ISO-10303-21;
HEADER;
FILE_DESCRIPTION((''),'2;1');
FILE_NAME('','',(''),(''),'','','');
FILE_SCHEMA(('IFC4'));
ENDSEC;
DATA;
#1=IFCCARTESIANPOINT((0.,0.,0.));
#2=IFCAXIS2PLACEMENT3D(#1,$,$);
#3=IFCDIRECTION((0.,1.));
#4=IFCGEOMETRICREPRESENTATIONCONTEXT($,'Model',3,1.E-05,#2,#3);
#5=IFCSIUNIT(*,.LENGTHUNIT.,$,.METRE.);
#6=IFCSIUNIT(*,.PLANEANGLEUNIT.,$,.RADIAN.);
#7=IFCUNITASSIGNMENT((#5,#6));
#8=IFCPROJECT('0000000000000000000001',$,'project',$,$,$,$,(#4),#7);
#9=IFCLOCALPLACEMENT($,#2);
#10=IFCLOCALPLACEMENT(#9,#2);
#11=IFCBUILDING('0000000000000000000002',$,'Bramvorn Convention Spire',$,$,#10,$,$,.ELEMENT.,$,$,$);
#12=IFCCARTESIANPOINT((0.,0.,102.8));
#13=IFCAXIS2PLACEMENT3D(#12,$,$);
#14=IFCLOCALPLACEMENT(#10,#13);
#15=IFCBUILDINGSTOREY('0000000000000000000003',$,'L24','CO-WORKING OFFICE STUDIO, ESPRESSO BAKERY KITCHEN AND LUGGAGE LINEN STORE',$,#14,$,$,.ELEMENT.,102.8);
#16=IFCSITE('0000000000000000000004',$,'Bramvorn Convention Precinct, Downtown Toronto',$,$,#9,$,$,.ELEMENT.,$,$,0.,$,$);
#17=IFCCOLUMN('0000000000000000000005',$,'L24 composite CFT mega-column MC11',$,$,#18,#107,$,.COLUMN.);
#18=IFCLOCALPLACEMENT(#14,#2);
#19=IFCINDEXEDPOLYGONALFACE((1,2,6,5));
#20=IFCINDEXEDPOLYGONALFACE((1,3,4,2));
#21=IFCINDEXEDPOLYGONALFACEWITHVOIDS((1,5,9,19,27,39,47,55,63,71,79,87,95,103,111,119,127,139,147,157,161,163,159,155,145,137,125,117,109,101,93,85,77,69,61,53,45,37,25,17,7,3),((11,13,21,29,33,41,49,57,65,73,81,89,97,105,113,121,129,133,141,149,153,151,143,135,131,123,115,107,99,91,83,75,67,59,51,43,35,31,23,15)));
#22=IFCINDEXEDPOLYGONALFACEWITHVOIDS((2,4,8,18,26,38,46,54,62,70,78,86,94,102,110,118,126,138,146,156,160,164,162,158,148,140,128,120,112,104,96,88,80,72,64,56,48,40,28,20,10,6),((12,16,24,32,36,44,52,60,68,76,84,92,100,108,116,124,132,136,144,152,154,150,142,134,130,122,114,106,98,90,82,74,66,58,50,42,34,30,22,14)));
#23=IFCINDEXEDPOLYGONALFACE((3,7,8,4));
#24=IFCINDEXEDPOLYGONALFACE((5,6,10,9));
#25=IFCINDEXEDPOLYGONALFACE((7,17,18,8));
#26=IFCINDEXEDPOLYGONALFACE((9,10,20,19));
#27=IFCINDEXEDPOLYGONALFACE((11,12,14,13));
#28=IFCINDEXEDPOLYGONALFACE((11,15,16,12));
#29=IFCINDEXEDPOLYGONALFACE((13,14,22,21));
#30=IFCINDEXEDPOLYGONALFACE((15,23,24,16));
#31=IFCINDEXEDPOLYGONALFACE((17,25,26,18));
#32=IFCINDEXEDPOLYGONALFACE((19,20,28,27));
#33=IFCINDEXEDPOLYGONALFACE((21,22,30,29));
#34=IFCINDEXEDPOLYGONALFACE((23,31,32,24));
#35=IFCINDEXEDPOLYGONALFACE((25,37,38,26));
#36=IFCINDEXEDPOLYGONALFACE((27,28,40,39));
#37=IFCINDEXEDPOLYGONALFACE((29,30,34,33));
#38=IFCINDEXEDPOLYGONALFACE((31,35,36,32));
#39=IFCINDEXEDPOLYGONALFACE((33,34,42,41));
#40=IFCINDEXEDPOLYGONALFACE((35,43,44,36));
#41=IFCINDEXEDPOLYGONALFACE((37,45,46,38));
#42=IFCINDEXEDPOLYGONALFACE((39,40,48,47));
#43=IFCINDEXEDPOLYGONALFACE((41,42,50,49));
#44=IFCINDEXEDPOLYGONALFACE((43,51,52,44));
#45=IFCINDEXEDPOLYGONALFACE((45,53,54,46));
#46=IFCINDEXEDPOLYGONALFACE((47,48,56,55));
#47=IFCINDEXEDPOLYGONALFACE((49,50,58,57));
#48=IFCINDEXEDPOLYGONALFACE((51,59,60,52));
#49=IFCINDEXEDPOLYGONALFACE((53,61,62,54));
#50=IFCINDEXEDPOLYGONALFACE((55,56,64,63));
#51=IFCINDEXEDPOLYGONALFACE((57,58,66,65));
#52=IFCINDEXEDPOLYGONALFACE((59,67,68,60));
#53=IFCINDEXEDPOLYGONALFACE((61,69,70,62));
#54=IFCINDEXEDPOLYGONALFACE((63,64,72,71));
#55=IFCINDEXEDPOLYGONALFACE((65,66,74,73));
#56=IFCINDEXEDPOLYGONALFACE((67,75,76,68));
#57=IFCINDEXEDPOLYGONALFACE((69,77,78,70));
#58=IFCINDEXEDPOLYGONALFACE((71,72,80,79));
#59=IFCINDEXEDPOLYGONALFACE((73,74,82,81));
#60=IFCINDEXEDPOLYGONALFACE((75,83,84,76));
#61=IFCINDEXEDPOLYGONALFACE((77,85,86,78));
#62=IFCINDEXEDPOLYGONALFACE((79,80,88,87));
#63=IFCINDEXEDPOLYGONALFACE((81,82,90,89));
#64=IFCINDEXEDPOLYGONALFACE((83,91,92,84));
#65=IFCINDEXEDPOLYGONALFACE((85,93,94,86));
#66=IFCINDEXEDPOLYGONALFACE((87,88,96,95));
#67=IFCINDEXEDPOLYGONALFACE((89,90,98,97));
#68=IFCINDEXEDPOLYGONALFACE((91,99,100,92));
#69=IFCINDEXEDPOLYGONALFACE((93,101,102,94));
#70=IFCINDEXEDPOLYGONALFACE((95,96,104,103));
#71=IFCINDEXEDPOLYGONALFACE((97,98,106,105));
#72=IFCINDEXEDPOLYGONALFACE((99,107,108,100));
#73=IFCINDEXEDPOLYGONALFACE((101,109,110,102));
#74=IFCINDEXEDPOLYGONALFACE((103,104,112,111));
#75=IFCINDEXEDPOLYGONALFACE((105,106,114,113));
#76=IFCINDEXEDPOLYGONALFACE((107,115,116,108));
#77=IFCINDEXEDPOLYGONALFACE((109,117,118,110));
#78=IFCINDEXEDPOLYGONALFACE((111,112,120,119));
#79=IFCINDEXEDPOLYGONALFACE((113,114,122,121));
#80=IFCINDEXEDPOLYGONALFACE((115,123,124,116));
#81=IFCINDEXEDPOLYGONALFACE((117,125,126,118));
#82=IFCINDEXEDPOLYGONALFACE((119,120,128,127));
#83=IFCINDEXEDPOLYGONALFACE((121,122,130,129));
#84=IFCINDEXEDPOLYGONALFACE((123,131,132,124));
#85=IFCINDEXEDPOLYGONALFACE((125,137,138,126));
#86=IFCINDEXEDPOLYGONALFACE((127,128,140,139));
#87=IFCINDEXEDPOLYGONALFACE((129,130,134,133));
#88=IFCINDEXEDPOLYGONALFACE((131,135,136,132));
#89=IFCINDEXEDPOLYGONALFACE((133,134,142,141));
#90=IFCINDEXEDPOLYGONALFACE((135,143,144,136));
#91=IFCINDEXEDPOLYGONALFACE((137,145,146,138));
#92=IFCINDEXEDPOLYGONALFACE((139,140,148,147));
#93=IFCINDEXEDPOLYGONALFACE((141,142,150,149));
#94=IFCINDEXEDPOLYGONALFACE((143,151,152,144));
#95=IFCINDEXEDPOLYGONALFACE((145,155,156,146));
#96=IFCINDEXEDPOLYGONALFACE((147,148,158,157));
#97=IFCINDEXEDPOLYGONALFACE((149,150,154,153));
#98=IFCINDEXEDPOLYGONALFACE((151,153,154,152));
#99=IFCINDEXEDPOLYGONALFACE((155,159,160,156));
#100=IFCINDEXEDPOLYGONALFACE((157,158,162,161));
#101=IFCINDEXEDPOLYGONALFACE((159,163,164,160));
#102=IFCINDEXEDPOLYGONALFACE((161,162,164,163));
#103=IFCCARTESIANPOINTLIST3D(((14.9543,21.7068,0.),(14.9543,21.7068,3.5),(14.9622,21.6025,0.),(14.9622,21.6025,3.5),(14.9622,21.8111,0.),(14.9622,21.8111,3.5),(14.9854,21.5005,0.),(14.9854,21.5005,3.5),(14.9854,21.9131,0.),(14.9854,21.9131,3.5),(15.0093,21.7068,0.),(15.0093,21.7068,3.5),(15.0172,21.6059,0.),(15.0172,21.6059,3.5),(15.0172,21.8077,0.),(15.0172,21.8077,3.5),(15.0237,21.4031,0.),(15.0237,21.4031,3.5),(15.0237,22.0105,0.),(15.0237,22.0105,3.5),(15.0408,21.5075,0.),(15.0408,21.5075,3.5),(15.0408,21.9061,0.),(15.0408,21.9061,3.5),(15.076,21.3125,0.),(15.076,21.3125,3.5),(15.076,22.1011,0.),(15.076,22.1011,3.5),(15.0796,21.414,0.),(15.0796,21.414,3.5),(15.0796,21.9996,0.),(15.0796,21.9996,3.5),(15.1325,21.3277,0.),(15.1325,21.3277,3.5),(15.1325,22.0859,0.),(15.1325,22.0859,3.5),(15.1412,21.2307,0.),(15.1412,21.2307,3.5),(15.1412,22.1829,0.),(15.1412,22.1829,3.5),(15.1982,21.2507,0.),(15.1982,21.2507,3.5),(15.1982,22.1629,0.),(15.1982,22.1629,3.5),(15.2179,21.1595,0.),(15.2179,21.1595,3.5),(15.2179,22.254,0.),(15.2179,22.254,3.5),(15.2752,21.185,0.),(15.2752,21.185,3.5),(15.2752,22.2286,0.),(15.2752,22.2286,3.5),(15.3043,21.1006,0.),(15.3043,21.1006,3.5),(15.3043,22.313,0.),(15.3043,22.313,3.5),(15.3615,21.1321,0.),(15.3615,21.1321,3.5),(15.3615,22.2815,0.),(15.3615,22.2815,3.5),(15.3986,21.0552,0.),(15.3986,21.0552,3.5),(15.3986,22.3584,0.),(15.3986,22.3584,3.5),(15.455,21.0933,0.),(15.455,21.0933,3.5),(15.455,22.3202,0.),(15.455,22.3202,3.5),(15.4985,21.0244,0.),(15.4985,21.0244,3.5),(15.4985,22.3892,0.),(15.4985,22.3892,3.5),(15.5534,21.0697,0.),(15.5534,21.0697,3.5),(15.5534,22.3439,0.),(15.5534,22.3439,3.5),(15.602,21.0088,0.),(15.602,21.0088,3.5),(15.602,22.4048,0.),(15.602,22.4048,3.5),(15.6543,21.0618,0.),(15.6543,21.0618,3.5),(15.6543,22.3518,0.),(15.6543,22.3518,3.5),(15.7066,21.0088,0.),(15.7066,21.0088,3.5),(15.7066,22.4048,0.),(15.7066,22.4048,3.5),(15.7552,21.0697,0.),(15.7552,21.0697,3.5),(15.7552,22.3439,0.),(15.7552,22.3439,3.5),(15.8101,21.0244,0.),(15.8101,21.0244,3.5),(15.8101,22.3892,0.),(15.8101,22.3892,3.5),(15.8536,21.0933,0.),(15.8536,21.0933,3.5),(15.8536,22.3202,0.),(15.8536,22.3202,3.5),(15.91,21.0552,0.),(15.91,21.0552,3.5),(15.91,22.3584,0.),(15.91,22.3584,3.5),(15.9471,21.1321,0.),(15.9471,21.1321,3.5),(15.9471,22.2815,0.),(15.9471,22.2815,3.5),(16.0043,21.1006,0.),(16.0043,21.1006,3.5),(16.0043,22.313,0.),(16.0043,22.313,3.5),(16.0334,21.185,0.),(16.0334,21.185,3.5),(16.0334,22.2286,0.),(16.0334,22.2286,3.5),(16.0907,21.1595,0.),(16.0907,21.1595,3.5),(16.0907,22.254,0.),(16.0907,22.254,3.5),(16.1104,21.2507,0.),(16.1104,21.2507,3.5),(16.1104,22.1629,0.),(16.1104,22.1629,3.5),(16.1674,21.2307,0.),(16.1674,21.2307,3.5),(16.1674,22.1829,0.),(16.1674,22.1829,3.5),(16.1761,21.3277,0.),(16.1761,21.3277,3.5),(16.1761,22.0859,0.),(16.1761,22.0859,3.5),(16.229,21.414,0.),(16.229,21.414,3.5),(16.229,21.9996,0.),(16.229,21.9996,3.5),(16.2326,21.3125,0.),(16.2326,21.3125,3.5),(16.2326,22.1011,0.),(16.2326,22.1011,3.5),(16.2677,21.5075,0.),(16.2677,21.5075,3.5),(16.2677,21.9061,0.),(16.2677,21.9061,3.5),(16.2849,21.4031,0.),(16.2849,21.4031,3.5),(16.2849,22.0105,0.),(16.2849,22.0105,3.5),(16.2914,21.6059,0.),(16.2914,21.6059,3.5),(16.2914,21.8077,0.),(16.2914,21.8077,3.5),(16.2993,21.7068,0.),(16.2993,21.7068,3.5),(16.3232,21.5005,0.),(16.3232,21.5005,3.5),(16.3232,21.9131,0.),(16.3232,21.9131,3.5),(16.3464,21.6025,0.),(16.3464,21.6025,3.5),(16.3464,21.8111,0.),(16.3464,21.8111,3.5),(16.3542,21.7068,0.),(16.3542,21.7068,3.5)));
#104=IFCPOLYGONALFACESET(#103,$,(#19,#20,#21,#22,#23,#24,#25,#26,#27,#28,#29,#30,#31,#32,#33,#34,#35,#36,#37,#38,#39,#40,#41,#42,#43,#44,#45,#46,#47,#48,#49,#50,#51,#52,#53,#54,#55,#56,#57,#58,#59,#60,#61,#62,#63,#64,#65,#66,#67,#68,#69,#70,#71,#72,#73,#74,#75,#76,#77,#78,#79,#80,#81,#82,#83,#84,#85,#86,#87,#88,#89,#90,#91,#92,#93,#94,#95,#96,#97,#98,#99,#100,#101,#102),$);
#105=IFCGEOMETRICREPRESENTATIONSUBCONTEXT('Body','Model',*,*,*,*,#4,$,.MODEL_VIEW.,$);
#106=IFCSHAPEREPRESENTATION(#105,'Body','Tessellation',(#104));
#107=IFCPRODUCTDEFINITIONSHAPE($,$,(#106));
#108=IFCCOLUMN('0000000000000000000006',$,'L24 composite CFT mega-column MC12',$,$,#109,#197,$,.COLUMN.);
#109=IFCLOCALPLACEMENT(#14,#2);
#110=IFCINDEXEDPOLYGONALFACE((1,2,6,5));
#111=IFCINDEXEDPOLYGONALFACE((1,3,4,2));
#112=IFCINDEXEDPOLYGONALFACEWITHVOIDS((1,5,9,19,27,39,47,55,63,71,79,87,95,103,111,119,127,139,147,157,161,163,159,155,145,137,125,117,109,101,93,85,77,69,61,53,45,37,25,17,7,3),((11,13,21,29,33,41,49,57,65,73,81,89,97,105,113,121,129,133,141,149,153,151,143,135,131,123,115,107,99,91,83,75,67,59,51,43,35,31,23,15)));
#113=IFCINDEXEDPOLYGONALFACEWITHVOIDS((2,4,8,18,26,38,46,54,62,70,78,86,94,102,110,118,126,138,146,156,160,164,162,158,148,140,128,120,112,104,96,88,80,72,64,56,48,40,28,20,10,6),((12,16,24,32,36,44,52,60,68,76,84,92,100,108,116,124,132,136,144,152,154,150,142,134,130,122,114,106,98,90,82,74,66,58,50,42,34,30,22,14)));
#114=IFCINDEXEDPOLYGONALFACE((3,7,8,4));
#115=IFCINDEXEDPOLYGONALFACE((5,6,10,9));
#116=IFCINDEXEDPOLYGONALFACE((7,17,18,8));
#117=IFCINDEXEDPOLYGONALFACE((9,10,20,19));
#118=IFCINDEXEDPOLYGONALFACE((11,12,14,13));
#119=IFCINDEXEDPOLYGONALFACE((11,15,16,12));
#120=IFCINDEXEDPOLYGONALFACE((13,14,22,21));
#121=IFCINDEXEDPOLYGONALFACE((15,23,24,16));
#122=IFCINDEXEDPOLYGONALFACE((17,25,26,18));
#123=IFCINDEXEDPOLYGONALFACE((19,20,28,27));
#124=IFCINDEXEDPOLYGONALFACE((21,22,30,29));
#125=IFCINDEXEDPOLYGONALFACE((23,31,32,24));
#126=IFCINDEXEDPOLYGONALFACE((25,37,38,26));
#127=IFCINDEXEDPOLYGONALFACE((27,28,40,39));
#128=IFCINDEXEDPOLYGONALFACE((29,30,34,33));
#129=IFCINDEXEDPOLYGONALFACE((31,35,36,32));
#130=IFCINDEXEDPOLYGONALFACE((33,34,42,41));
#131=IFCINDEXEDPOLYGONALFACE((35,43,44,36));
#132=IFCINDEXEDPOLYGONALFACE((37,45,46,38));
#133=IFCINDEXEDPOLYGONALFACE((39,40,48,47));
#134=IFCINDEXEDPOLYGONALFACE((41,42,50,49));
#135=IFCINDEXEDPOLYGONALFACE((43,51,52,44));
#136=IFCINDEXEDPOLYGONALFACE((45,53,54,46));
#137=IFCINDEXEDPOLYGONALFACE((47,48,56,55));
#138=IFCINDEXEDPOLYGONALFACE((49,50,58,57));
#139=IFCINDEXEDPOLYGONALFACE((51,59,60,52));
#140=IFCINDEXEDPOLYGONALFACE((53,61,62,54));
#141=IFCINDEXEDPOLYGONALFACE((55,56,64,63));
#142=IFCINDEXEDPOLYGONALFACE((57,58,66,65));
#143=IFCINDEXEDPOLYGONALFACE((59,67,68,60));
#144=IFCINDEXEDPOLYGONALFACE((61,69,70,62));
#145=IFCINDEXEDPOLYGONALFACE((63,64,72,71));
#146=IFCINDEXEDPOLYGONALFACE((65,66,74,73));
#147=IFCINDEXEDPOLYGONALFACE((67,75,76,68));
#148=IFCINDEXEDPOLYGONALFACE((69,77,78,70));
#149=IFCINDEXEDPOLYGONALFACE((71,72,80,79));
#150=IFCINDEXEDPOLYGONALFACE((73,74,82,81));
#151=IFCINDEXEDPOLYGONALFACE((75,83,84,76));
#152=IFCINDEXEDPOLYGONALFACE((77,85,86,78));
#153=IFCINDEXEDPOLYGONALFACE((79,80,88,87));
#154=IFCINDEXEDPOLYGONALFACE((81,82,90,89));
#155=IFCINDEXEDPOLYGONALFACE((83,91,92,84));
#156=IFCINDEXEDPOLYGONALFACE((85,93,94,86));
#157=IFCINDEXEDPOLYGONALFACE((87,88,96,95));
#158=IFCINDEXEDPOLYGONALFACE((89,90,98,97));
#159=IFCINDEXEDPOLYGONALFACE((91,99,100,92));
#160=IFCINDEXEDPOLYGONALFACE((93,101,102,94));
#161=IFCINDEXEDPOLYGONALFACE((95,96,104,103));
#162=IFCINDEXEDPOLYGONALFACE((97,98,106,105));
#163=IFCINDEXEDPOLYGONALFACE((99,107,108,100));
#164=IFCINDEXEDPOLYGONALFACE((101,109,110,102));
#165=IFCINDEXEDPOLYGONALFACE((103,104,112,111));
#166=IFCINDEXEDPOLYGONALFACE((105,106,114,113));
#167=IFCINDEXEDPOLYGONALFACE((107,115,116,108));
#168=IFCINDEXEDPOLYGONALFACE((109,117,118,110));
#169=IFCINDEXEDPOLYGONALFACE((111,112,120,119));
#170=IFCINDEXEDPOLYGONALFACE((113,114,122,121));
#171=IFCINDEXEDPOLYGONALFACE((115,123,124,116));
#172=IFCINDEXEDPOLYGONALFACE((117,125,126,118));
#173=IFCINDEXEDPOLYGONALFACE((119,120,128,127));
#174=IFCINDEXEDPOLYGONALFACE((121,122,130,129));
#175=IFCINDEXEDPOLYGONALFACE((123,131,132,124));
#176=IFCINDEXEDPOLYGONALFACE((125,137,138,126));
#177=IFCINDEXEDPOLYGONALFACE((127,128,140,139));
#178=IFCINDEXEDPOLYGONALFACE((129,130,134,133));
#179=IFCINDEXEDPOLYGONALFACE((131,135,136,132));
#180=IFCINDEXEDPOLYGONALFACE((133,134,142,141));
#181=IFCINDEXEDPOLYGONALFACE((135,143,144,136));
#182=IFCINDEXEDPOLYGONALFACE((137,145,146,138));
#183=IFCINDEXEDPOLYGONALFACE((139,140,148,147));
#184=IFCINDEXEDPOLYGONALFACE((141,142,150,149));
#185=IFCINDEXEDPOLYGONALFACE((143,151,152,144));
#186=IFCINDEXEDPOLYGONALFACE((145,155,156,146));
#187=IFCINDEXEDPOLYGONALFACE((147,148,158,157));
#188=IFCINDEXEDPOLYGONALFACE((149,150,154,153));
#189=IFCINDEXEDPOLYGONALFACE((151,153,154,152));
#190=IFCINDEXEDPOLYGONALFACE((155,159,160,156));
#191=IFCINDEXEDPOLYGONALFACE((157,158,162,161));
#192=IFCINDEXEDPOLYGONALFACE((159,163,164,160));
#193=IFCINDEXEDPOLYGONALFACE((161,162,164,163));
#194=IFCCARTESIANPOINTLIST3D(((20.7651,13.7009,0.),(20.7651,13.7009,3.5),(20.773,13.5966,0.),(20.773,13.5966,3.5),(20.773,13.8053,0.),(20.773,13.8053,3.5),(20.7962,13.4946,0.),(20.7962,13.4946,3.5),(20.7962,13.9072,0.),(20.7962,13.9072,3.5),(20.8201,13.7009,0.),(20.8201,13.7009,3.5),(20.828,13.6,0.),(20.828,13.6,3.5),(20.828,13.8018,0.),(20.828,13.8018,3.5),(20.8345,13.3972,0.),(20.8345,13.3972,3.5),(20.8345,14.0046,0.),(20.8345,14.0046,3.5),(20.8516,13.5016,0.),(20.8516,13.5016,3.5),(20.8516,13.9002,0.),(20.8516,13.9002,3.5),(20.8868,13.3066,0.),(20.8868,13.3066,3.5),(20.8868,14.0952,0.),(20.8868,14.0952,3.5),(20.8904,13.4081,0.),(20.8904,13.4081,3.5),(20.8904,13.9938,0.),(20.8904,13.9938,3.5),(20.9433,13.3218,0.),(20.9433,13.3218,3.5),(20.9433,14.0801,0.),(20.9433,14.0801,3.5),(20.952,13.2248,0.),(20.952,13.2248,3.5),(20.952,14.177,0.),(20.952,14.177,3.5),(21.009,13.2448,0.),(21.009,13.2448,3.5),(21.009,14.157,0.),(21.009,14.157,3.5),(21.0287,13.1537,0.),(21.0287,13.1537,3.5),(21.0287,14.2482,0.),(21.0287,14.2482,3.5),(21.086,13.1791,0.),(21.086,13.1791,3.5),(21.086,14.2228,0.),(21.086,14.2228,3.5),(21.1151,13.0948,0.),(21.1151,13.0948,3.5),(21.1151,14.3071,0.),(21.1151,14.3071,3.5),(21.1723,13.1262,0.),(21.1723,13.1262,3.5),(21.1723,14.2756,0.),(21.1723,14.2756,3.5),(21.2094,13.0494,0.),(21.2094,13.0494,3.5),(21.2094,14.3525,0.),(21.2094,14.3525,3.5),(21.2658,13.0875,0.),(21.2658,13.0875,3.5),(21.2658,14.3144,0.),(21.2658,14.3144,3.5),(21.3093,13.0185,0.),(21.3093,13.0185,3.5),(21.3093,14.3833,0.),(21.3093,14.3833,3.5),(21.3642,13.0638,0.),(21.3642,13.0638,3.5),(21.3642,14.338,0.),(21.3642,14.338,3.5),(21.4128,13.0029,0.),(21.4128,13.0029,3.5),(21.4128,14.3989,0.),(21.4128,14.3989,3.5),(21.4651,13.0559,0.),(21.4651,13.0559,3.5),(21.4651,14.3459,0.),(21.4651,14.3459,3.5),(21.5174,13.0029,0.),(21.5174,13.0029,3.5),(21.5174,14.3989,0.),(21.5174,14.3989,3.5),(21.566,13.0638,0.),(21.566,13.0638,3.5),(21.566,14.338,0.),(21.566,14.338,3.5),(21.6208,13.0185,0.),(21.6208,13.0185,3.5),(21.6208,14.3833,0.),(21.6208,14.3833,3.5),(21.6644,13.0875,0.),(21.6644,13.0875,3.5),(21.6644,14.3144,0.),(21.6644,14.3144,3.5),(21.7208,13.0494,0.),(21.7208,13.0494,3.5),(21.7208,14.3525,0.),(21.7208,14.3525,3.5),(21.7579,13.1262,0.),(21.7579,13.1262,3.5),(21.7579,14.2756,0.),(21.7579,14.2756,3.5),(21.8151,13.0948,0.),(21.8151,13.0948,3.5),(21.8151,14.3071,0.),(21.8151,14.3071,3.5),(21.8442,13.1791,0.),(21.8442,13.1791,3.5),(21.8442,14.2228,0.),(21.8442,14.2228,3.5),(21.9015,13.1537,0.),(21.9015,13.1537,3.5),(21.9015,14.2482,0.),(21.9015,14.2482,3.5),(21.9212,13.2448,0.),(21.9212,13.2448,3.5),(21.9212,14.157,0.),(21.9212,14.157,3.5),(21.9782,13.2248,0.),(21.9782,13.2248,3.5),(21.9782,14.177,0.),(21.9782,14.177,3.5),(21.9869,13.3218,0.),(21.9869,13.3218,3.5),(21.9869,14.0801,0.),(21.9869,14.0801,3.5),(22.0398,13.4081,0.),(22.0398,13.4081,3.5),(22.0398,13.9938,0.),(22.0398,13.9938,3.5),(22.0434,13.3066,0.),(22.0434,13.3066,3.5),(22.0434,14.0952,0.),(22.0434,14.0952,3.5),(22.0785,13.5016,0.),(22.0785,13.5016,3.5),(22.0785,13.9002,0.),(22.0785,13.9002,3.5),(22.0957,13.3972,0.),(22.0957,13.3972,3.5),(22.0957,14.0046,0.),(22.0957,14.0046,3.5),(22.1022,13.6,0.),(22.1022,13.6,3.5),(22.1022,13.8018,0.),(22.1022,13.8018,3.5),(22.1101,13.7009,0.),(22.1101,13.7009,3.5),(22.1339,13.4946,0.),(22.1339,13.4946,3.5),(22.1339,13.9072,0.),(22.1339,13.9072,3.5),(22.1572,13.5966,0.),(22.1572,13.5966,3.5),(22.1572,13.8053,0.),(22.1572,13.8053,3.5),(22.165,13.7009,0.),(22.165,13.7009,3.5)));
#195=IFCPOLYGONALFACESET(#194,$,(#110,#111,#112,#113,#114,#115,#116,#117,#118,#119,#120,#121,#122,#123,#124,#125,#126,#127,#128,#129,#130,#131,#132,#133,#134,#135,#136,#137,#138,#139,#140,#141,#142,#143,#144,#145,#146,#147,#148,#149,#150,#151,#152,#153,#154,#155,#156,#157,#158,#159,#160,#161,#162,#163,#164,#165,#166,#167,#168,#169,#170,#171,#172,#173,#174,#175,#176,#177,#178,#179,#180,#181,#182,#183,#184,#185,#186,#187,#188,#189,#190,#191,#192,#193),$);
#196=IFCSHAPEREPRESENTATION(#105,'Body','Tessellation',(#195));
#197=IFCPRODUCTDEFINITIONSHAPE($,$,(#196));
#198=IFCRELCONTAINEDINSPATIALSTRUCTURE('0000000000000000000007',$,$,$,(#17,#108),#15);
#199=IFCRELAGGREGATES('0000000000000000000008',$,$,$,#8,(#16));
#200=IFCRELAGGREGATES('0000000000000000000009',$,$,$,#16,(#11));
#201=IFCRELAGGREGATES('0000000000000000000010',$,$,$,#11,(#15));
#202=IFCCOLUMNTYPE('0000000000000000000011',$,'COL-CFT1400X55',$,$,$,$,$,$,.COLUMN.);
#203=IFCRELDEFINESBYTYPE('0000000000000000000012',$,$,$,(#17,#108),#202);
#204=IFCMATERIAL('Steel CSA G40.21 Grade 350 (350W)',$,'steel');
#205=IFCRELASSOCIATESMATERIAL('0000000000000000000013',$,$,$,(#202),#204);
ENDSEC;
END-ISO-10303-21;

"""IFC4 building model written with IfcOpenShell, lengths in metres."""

from ifc_helpers import new_model, si_unit, direction, frame, origin, origin_2d, place, context, subcontext, project, spatial, hollow_circle, extrude, material, material_profile, profile_set, type_object, element, save


model = new_model("IFC4")

# Units and contexts
model_context = context("Model", 3, precision=1e-05, world=origin(), true_north=direction((0.0, 1.0)))
body_context = subcontext(model_context, "Body", "Model", "MODEL_VIEW")
ifc_project = project(units=[si_unit("LENGTHUNIT", "METRE"), si_unit("PLANEANGLEUNIT", "RADIAN")], contexts=[model_context])

# Site, building, storey
site_placement = place(None, origin())
site = spatial("IfcSite", under=ifc_project, at=site_placement, Name="Bramvorn Convention Precinct, Downtown Toronto", CompositionType="ELEMENT", RefElevation=0.0)
building_placement = place(site_placement, origin())
building = spatial("IfcBuilding", under=site, at=building_placement, Name="Bramvorn Convention Spire", CompositionType="ELEMENT")
storey_placement = place(building_placement, frame((0.0, 0.0, 102.8)))
storey = spatial("IfcBuildingStorey", under=building, at=storey_placement, Name="L24", Description="CO-WORKING OFFICE STUDIO, ESPRESSO BAKERY KITCHEN AND LUGGAGE LINEN STORE", CompositionType="ELEMENT", Elevation=102.8)

# Columns
ifc_material_1 = material(Name="Steel CSA G40.21 Grade 350 (350W)", Category="steel")
ifc_material_profile_1 = material_profile(ifc_material_1, hollow_circle(Radius=0.7, WallThickness=0.0549, at=origin_2d()))
ifc_profile_set_1 = profile_set([ifc_material_profile_1], Name="Steel CSA G40.21 Grade 350 (350W) - CFT1400X55")
column_type = type_object("IfcColumnType", Name="COL-CFT1400X55", PredefinedType="COLUMN", material=ifc_profile_set_1)
for number, where, z_axis, x_axis, name in (
    (1, (15.6543, 21.7068, 0.0), (0.0, 0.0, 1.0), (1.0, 0.0, 0.0), "L24 composite CFT mega-column MC11"),
    (2, (21.4651, 13.7009, 0.0), (0.0, 0.0, 1.0), (1.0, 0.0, 0.0), "L24 composite CFT mega-column MC12"),
):
    element("IfcColumn", number, at=place(storey_placement, frame(where, z_axis=z_axis, x_axis=x_axis)), inside=storey, type_object=column_type, Name=name, PredefinedType="COLUMN", context=body_context, shape_type="SweptSolid", body=[
        extrude(hollow_circle(Radius=0.7, WallThickness=0.0549, at=origin_2d()), origin(), (0.0, 0.0, 1.0), 3.5),
    ])

save(model, "model.ifc")
